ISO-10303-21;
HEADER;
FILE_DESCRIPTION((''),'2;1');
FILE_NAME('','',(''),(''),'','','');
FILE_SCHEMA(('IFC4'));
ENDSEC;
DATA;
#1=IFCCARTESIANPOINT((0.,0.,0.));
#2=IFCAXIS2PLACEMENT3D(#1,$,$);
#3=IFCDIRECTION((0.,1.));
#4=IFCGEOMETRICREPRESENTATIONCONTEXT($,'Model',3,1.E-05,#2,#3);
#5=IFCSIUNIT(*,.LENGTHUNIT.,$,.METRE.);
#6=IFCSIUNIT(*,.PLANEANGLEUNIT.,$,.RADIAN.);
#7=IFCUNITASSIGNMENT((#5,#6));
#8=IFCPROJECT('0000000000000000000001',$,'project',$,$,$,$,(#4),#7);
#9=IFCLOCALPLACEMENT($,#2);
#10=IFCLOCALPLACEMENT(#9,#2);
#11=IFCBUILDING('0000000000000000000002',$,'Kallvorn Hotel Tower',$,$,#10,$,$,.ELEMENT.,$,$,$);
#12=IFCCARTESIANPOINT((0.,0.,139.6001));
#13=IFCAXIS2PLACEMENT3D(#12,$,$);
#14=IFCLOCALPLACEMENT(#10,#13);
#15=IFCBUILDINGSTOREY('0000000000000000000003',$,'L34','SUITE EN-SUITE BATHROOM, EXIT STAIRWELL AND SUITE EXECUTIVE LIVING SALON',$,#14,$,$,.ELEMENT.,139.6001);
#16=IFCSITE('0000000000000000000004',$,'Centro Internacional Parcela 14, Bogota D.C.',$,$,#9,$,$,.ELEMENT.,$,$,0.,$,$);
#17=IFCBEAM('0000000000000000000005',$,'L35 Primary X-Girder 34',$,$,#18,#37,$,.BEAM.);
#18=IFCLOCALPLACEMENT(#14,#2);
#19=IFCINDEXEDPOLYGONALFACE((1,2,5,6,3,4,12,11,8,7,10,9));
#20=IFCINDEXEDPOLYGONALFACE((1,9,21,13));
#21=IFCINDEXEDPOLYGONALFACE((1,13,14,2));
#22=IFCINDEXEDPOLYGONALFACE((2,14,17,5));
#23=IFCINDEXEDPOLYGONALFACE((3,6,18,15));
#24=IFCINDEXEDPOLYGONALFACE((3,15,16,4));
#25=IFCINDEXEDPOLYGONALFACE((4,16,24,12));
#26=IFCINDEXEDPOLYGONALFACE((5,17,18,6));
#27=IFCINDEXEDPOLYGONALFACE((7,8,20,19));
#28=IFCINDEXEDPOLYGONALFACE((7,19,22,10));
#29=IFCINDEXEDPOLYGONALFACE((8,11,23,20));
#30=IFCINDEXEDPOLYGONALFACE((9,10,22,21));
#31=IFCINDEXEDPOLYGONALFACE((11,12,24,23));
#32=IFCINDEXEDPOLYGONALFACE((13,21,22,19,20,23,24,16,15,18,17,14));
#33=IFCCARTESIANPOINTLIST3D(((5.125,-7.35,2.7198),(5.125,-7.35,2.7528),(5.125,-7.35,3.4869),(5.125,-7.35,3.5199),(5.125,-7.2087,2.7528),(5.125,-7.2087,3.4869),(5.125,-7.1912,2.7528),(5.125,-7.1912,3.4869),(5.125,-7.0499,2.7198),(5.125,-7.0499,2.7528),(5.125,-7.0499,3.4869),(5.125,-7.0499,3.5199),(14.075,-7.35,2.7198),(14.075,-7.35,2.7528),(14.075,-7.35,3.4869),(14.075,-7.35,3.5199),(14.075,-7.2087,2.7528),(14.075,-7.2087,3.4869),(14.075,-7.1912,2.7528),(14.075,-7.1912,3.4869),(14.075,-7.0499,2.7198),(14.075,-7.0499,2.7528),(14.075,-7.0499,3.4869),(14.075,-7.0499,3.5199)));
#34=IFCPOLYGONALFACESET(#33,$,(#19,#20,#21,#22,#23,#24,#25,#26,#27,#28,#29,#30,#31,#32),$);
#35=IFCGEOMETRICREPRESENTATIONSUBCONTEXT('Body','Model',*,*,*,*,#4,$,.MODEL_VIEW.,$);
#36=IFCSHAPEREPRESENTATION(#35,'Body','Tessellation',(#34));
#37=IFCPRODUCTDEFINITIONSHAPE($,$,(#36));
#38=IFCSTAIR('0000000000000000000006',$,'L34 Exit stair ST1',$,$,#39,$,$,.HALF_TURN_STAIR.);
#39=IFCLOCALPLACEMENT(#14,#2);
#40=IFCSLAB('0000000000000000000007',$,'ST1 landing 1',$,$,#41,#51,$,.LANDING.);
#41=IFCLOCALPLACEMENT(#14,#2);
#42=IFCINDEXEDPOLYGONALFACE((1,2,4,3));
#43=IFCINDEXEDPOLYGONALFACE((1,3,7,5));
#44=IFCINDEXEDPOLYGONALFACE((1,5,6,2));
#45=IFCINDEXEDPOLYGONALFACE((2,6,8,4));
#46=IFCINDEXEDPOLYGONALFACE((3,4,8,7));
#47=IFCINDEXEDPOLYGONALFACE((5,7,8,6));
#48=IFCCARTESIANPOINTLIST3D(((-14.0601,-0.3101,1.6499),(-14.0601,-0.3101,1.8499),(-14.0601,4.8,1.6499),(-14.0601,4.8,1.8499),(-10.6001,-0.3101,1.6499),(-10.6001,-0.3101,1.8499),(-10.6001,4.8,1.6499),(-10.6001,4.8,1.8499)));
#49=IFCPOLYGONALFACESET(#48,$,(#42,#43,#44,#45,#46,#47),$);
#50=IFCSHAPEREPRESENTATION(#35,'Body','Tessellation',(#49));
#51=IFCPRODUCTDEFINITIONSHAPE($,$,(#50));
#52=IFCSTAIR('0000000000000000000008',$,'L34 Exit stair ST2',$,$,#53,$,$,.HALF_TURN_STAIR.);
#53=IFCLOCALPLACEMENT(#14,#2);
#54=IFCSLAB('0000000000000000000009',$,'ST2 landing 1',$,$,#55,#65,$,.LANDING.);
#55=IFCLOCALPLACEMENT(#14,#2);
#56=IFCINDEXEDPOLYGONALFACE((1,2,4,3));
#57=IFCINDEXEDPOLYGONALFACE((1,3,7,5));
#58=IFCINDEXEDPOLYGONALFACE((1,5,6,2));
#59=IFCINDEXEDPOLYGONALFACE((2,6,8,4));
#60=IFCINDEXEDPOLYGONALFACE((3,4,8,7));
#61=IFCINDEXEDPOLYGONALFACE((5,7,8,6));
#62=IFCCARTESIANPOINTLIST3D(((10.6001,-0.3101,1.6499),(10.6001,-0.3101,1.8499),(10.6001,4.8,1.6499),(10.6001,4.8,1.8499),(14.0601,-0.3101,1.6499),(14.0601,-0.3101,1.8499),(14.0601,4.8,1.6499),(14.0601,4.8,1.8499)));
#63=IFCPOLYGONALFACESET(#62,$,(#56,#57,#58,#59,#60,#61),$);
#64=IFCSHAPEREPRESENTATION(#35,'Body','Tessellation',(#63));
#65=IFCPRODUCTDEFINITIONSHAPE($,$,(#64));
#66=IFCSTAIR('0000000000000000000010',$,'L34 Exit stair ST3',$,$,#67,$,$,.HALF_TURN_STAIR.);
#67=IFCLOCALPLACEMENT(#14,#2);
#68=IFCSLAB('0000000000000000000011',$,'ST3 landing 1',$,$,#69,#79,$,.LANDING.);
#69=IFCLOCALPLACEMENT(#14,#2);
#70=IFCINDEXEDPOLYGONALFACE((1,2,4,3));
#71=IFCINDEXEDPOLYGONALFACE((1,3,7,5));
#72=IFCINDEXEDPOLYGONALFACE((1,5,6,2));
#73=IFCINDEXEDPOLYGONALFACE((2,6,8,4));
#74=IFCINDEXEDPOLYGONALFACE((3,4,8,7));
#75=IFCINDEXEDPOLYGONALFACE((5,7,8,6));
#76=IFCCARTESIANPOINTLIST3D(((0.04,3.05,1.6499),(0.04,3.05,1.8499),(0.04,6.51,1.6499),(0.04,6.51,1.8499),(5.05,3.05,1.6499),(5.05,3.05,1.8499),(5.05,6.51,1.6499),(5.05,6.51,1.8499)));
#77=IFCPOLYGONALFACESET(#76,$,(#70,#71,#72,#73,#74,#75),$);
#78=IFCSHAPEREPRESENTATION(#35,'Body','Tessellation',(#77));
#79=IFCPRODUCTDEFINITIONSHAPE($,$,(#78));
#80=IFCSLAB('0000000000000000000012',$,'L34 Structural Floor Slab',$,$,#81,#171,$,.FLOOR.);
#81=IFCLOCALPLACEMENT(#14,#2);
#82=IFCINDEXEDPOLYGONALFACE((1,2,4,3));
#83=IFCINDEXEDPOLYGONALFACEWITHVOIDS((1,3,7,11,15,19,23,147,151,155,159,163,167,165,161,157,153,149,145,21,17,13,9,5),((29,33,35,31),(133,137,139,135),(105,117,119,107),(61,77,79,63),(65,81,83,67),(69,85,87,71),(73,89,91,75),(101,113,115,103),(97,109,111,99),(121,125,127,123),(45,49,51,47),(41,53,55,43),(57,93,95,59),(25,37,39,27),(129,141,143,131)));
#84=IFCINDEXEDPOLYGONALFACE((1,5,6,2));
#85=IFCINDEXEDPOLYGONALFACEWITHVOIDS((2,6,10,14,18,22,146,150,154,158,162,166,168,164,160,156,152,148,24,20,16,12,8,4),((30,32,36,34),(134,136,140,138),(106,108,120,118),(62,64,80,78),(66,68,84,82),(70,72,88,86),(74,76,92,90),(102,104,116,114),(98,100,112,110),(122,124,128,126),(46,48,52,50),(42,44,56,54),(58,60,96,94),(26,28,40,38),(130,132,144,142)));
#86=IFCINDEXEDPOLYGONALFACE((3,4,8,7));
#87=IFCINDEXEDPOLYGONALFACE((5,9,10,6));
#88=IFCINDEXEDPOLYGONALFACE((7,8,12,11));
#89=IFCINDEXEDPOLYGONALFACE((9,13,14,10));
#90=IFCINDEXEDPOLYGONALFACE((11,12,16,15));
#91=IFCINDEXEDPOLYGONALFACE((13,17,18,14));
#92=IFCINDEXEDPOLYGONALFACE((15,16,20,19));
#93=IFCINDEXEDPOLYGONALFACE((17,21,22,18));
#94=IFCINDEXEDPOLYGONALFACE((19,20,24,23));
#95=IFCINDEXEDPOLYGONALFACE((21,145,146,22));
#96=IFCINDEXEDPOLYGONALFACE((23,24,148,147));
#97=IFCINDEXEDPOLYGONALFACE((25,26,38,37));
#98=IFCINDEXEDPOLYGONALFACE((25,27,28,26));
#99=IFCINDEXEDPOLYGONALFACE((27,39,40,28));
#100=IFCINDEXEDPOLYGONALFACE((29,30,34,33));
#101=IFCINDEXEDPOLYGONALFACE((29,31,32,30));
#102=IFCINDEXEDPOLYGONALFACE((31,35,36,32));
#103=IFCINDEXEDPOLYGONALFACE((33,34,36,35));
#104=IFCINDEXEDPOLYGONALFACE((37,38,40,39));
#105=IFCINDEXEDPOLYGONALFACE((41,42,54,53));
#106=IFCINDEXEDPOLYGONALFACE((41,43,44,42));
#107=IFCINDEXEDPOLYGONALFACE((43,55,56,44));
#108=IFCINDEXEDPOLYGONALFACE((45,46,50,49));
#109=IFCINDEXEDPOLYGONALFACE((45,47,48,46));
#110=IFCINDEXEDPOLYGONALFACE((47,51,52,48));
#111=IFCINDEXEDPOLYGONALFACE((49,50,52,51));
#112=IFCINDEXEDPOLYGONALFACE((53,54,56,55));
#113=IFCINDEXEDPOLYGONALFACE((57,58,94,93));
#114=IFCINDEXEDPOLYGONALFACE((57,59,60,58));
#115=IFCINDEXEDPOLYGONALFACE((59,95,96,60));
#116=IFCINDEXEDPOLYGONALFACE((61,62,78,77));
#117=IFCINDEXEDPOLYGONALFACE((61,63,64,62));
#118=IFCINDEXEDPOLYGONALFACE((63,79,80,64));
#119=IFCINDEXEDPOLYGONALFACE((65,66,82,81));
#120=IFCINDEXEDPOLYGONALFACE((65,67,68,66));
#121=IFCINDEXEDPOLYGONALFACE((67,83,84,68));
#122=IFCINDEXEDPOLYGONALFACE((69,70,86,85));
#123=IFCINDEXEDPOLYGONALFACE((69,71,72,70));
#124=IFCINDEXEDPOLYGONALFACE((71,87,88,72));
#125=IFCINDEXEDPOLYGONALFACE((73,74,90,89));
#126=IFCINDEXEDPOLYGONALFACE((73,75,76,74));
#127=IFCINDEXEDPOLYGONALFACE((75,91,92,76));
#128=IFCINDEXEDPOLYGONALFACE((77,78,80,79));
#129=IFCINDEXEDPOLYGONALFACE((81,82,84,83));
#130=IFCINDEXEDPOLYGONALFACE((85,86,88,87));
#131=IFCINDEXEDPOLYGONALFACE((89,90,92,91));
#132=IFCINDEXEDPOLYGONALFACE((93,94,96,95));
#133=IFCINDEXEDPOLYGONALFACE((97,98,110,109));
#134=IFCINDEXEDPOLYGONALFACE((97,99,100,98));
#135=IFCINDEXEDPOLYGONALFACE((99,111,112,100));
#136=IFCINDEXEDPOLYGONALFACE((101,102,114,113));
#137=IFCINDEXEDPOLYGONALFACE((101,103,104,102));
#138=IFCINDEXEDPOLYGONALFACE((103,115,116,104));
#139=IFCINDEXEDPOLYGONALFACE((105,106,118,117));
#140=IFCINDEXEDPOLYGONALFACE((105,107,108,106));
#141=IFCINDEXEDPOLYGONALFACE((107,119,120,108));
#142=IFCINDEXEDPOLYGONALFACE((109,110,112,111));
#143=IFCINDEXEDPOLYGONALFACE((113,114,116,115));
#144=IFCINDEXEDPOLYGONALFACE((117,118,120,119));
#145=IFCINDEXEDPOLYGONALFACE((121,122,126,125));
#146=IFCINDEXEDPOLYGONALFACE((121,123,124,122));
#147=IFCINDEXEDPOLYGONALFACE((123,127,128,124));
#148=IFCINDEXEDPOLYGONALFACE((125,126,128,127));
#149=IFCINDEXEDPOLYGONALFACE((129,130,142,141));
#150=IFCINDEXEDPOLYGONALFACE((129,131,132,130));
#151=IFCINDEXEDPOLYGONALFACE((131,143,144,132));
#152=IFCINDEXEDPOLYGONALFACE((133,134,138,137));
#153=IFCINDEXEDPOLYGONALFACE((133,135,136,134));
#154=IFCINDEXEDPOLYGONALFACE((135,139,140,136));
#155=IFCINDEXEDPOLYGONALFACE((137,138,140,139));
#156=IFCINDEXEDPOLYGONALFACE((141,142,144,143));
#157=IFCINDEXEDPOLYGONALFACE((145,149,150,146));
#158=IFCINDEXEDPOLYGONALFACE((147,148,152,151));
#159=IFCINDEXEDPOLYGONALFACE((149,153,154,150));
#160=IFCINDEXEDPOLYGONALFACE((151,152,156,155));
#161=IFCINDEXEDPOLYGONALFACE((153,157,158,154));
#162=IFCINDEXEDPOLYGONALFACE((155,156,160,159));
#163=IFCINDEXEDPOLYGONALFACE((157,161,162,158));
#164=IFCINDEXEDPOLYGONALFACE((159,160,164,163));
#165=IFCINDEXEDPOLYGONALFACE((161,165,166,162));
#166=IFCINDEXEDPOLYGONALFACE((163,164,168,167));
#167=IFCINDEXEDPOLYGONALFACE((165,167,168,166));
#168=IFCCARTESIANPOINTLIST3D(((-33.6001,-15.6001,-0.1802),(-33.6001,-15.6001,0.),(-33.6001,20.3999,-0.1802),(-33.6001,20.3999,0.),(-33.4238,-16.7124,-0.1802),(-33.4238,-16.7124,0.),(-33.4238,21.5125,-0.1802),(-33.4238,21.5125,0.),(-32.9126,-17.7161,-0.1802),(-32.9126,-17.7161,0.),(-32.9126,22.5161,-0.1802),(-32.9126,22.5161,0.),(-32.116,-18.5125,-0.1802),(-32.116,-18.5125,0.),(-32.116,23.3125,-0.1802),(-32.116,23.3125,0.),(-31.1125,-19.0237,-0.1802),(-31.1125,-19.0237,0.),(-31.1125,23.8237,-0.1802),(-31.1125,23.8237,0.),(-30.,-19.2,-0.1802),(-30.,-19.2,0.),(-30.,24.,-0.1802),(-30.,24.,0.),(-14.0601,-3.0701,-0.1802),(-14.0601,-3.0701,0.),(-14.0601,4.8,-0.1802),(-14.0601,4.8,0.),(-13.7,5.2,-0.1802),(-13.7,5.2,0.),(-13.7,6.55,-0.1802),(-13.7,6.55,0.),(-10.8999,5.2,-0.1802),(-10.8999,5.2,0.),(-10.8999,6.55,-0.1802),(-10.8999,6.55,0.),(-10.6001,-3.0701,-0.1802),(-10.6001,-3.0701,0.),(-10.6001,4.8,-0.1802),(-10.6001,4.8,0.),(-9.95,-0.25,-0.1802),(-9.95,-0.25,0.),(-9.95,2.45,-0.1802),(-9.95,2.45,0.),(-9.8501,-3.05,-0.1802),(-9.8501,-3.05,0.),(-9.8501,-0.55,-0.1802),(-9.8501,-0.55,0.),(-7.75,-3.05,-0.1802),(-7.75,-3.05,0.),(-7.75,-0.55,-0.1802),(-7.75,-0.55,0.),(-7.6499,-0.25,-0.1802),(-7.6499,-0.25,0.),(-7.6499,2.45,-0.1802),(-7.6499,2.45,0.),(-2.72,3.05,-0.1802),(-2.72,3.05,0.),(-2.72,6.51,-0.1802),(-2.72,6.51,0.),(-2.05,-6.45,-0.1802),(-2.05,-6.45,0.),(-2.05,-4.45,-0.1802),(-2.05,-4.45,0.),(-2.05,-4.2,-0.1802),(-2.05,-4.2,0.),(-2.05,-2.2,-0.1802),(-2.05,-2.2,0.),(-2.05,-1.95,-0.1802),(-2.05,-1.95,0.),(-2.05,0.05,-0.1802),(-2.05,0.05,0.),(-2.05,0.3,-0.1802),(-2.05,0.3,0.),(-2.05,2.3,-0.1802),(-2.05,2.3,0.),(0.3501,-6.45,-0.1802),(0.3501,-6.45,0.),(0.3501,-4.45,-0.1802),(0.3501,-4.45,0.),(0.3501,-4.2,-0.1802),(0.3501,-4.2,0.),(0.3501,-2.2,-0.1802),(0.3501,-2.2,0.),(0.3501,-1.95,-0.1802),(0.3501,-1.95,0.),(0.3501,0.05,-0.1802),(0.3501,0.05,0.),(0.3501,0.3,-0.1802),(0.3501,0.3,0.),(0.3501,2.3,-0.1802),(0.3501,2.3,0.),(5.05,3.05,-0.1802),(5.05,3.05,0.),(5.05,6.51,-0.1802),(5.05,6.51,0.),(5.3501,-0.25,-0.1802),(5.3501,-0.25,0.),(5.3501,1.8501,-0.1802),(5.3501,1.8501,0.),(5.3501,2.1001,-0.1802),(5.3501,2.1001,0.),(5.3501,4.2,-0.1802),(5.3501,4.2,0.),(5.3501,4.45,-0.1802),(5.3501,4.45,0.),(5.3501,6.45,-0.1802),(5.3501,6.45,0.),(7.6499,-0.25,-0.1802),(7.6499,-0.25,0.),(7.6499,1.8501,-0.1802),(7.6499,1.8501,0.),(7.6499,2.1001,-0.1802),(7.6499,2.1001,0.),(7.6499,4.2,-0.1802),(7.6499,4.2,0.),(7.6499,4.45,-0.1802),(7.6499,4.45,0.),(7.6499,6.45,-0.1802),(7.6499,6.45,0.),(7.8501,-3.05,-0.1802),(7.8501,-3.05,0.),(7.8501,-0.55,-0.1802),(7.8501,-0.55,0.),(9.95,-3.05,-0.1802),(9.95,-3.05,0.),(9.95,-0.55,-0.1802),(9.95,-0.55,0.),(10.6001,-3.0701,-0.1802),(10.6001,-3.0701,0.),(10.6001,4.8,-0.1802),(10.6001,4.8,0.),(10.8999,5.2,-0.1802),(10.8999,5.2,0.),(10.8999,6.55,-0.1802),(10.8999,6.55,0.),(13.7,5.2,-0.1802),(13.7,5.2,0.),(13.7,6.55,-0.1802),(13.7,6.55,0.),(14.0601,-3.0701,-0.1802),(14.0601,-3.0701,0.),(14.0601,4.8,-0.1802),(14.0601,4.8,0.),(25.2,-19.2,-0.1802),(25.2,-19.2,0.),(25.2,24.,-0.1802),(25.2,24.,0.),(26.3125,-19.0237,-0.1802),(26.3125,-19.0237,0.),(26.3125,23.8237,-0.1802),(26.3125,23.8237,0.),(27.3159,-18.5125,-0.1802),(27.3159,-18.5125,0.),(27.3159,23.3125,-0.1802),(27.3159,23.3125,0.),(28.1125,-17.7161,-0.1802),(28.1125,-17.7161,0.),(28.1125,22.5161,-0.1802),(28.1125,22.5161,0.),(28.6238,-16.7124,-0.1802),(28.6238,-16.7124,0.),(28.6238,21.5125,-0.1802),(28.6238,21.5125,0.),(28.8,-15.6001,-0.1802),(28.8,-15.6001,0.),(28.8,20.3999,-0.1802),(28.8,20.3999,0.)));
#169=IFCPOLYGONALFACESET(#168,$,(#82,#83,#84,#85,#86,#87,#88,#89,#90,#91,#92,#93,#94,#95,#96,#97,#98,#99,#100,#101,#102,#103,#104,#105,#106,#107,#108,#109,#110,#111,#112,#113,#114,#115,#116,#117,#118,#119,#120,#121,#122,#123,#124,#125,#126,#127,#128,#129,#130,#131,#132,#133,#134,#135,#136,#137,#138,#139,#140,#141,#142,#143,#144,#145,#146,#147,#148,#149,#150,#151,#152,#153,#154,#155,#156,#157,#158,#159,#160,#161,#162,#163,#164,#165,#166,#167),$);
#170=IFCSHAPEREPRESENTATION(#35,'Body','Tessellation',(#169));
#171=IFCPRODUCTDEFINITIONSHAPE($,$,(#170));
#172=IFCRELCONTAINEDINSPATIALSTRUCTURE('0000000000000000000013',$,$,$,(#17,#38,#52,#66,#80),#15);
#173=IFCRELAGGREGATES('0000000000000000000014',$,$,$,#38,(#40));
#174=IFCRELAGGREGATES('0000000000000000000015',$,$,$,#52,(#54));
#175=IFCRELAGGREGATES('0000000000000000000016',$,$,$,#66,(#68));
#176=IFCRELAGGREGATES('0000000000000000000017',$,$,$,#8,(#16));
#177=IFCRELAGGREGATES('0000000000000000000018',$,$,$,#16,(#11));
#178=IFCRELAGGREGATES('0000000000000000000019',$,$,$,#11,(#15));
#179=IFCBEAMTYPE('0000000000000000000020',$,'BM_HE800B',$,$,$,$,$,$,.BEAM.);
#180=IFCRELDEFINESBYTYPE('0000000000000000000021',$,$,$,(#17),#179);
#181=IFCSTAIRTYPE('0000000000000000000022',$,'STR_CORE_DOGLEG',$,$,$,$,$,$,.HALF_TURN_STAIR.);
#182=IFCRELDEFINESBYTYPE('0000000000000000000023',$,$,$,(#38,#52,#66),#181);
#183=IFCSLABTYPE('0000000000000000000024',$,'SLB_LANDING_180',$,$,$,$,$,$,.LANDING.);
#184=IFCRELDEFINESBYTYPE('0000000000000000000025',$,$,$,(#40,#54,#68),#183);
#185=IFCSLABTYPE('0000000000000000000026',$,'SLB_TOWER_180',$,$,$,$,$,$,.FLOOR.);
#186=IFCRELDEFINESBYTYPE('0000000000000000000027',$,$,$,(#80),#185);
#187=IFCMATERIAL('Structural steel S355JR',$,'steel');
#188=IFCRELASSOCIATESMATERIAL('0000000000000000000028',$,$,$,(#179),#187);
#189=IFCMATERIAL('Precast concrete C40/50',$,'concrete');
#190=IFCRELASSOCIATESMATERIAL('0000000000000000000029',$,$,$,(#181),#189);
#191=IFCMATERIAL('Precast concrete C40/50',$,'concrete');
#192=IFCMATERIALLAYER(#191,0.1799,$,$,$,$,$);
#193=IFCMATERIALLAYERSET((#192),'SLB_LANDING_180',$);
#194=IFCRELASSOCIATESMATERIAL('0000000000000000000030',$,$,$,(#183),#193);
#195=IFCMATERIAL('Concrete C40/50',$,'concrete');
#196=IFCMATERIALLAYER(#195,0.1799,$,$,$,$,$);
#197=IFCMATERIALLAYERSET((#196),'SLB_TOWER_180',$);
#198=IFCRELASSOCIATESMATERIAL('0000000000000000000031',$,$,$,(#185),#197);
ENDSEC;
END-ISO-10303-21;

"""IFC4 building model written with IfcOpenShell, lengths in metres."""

from ifc_helpers import new_model, si_unit, direction, frame, origin, origin_2d, place, context, subcontext, project, spatial, polyline, i_section, outline, extrude, material, layer, layer_set, material_profile, profile_set, type_object, element, aggregate, save


model = new_model("IFC4")

# Units and contexts
model_context = context("Model", 3, precision=1e-05, world=origin(), true_north=direction((0.0, 1.0)))
body_context = subcontext(model_context, "Body", "Model", "MODEL_VIEW")
ifc_project = project(units=[si_unit("LENGTHUNIT", "METRE"), si_unit("PLANEANGLEUNIT", "RADIAN")], contexts=[model_context])

# Site, building, storey
site_placement = place(None, origin())
site = spatial("IfcSite", under=ifc_project, at=site_placement, Name="Centro Internacional Parcela 14, Bogota D.C.", CompositionType="ELEMENT", RefElevation=0.0)
building_placement = place(site_placement, origin())
building = spatial("IfcBuilding", under=site, at=building_placement, Name="Kallvorn Hotel Tower", CompositionType="ELEMENT")
storey_placement = place(building_placement, frame((0.0, 0.0, 139.6001)))
storey = spatial("IfcBuildingStorey", under=building, at=storey_placement, Name="L34", Description="SUITE EN-SUITE BATHROOM, EXIT STAIRWELL AND SUITE EXECUTIVE LIVING SALON", CompositionType="ELEMENT", Elevation=139.6001)

# Beam
ifc_material_1 = material(Name="Structural steel S355JR", Category="steel")
ifc_material_profile = material_profile(ifc_material_1, i_section(OverallWidth=0.3, OverallDepth=0.8, WebThickness=0.0176, FlangeThickness=0.033, at=origin_2d()), Name="HE 800 B")
ifc_profile_set = profile_set([ifc_material_profile], Name="Structural steel S355JR")
beam_type = type_object("IfcBeamType", Name="BM_HE800B", PredefinedType="BEAM", material=ifc_profile_set)
beam_placement = place(storey_placement, frame((5.125, -7.2, 3.1199), z_axis=(1.0, 0.0, 0.0), x_axis=(0.0, 1.0, 0.0)))
element("IfcBeam", 1, at=beam_placement, inside=storey, type_object=beam_type, Name="L35 Primary X-Girder 34", PredefinedType="BEAM", context=body_context, shape_type="SweptSolid", body=[
    extrude(i_section(OverallWidth=0.3, OverallDepth=0.8, WebThickness=0.0176, FlangeThickness=0.033, at=origin_2d()), origin(), (0.0, 0.0, 1.0), 8.95),
])

# Stairs, slabs
ifc_material_2 = material(Name="Precast concrete C40/50", Category="concrete")
stair_type = type_object("IfcStairType", Name="STR_CORE_DOGLEG", PredefinedType="HALF_TURN_STAIR", material=ifc_material_2)
stair_1_placement = place(storey_placement, origin())
stair_1 = element("IfcStair", 2, at=stair_1_placement, inside=storey, type_object=stair_type, Name="L34 Exit stair ST1", PredefinedType="HALF_TURN_STAIR")
ifc_material_3 = material(Name="Precast concrete C40/50", Category="concrete")
ifc_layer_1 = layer(ifc_material_3, 0.1799)
ifc_layer_set_1 = layer_set([ifc_layer_1], Name="SLB_LANDING_180")
slab_type_1 = type_object("IfcSlabType", Name="SLB_LANDING_180", PredefinedType="LANDING", material=ifc_layer_set_1)
slab_1_placement = place(storey_placement, frame((0.0, 0.0, 1.6499)))
slab_1 = element("IfcSlab", 3, at=slab_1_placement, type_object=slab_type_1, Name="ST1 landing 1", PredefinedType="LANDING", context=body_context, shape_type="SweptSolid", body=[
    extrude(outline(polyline([(-10.6001, -0.3101), (-10.6001, 4.8), (-14.0601, 4.8), (-14.0601, -0.3101), (-10.6001, -0.3101)])), origin(), (0.0, 0.0, 1.0), 0.2),
])
aggregate(stair_1, [slab_1])
stair_2_placement = place(storey_placement, origin())
stair_2 = element("IfcStair", 4, at=stair_2_placement, inside=storey, type_object=stair_type, Name="L34 Exit stair ST2", PredefinedType="HALF_TURN_STAIR")
slab_2_placement = place(storey_placement, frame((0.0, 0.0, 1.6499)))
slab_2 = element("IfcSlab", 5, at=slab_2_placement, type_object=slab_type_1, Name="ST2 landing 1", PredefinedType="LANDING", context=body_context, shape_type="SweptSolid", body=[
    extrude(outline(polyline([(14.0601, -0.3101), (14.0601, 4.8), (10.6001, 4.8), (10.6001, -0.3101), (14.0601, -0.3101)])), origin(), (0.0, 0.0, 1.0), 0.2),
])
aggregate(stair_2, [slab_2])
stair_3_placement = place(storey_placement, origin())
stair_3 = element("IfcStair", 6, at=stair_3_placement, inside=storey, type_object=stair_type, Name="L34 Exit stair ST3", PredefinedType="HALF_TURN_STAIR")
slab_3_placement = place(storey_placement, frame((0.0, 0.0, 1.6499)))
slab_3 = element("IfcSlab", 7, at=slab_3_placement, type_object=slab_type_1, Name="ST3 landing 1", PredefinedType="LANDING", context=body_context, shape_type="SweptSolid", body=[
    extrude(outline(polyline([(0.04, 3.05), (5.05, 3.05), (5.05, 6.51), (0.04, 6.51), (0.04, 3.05)])), origin(), (0.0, 0.0, 1.0), 0.2),
])
aggregate(stair_3, [slab_3])

# Slab
ifc_material_4 = material(Name="Concrete C40/50", Category="concrete")
ifc_layer_2 = layer(ifc_material_4, 0.1799)
ifc_layer_set_2 = layer_set([ifc_layer_2], Name="SLB_TOWER_180")
slab_type_2 = type_object("IfcSlabType", Name="SLB_TOWER_180", PredefinedType="FLOOR", material=ifc_layer_set_2)
slab_4_placement = place(storey_placement, frame((0.0, 0.0, -0.1802)))
element("IfcSlab", 8, at=slab_4_placement, inside=storey, type_object=slab_type_2, Name="L34 Structural Floor Slab", PredefinedType="FLOOR", context=body_context, shape_type="SweptSolid", body=[
    extrude(outline(polyline([(25.2, -19.2), (26.3125, -19.0237), (27.3159, -18.5125), (28.1125, -17.7161), (28.6238, -16.7124), (28.8, -15.6001), (28.8, 20.3999), (28.6238, 21.5125), (28.1125, 22.5161), (27.3159, 23.3125), (26.3125, 23.8237), (25.2, 24.0), (-30.0, 24.0), (-31.1125, 23.8237), (-32.116, 23.3125), (-32.9126, 22.5161), (-33.4238, 21.5125), (-33.6001, 20.3999), (-33.6001, -15.6001), (-33.4238, -16.7124), (-32.9126, -17.7161), (-32.116, -18.5125), (-31.1125, -19.0237), (-30.0, -19.2), (25.2, -19.2)]), holes=[polyline([(-10.6001, -3.0701), (-10.6001, 4.8), (-14.0601, 4.8), (-14.0601, -3.0701), (-10.6001, -3.0701)]), polyline([(14.0601, -3.0701), (14.0601, 4.8), (10.6001, 4.8), (10.6001, -3.0701), (14.0601, -3.0701)]), polyline([(-2.72, 3.05), (5.05, 3.05), (5.05, 6.51), (-2.72, 6.51), (-2.72, 3.05)]), polyline([(-2.05, -6.45), (0.3501, -6.45), (0.3501, -4.45), (-2.05, -4.45), (-2.05, -6.45)]), polyline([(-2.05, -4.2), (0.3501, -4.2), (0.3501, -2.2), (-2.05, -2.2), (-2.05, -4.2)]), polyline([(-2.05, -1.95), (0.3501, -1.95), (0.3501, 0.05), (-2.05, 0.05), (-2.05, -1.95)]), polyline([(-2.05, 0.3), (0.3501, 0.3), (0.3501, 2.3), (-2.05, 2.3), (-2.05, 0.3)]), polyline([(5.3501, -0.25), (7.6499, -0.25), (7.6499, 1.8501), (5.3501, 1.8501), (5.3501, -0.25)]), polyline([(5.3501, 2.1001), (7.6499, 2.1001), (7.6499, 4.2), (5.3501, 4.2), (5.3501, 2.1001)]), polyline([(5.3501, 4.45), (7.6499, 4.45), (7.6499, 6.45), (5.3501, 6.45), (5.3501, 4.45)]), polyline([(-9.8501, -3.05), (-7.75, -3.05), (-7.75, -0.55), (-9.8501, -0.55), (-9.8501, -3.05)]), polyline([(7.8501, -3.05), (9.95, -3.05), (9.95, -0.55), (7.8501, -0.55), (7.8501, -3.05)]), polyline([(-9.95, -0.25), (-7.6499, -0.25), (-7.6499, 2.45), (-9.95, 2.45), (-9.95, -0.25)]), polyline([(-13.7, 5.2), (-10.8999, 5.2), (-10.8999, 6.55), (-13.7, 6.55), (-13.7, 5.2)]), polyline([(10.8999, 5.2), (13.7, 5.2), (13.7, 6.55), (10.8999, 6.55), (10.8999, 5.2)])]), origin(), (0.0, 0.0, 1.0), 0.1802),
])

save(model, "model.ifc")
